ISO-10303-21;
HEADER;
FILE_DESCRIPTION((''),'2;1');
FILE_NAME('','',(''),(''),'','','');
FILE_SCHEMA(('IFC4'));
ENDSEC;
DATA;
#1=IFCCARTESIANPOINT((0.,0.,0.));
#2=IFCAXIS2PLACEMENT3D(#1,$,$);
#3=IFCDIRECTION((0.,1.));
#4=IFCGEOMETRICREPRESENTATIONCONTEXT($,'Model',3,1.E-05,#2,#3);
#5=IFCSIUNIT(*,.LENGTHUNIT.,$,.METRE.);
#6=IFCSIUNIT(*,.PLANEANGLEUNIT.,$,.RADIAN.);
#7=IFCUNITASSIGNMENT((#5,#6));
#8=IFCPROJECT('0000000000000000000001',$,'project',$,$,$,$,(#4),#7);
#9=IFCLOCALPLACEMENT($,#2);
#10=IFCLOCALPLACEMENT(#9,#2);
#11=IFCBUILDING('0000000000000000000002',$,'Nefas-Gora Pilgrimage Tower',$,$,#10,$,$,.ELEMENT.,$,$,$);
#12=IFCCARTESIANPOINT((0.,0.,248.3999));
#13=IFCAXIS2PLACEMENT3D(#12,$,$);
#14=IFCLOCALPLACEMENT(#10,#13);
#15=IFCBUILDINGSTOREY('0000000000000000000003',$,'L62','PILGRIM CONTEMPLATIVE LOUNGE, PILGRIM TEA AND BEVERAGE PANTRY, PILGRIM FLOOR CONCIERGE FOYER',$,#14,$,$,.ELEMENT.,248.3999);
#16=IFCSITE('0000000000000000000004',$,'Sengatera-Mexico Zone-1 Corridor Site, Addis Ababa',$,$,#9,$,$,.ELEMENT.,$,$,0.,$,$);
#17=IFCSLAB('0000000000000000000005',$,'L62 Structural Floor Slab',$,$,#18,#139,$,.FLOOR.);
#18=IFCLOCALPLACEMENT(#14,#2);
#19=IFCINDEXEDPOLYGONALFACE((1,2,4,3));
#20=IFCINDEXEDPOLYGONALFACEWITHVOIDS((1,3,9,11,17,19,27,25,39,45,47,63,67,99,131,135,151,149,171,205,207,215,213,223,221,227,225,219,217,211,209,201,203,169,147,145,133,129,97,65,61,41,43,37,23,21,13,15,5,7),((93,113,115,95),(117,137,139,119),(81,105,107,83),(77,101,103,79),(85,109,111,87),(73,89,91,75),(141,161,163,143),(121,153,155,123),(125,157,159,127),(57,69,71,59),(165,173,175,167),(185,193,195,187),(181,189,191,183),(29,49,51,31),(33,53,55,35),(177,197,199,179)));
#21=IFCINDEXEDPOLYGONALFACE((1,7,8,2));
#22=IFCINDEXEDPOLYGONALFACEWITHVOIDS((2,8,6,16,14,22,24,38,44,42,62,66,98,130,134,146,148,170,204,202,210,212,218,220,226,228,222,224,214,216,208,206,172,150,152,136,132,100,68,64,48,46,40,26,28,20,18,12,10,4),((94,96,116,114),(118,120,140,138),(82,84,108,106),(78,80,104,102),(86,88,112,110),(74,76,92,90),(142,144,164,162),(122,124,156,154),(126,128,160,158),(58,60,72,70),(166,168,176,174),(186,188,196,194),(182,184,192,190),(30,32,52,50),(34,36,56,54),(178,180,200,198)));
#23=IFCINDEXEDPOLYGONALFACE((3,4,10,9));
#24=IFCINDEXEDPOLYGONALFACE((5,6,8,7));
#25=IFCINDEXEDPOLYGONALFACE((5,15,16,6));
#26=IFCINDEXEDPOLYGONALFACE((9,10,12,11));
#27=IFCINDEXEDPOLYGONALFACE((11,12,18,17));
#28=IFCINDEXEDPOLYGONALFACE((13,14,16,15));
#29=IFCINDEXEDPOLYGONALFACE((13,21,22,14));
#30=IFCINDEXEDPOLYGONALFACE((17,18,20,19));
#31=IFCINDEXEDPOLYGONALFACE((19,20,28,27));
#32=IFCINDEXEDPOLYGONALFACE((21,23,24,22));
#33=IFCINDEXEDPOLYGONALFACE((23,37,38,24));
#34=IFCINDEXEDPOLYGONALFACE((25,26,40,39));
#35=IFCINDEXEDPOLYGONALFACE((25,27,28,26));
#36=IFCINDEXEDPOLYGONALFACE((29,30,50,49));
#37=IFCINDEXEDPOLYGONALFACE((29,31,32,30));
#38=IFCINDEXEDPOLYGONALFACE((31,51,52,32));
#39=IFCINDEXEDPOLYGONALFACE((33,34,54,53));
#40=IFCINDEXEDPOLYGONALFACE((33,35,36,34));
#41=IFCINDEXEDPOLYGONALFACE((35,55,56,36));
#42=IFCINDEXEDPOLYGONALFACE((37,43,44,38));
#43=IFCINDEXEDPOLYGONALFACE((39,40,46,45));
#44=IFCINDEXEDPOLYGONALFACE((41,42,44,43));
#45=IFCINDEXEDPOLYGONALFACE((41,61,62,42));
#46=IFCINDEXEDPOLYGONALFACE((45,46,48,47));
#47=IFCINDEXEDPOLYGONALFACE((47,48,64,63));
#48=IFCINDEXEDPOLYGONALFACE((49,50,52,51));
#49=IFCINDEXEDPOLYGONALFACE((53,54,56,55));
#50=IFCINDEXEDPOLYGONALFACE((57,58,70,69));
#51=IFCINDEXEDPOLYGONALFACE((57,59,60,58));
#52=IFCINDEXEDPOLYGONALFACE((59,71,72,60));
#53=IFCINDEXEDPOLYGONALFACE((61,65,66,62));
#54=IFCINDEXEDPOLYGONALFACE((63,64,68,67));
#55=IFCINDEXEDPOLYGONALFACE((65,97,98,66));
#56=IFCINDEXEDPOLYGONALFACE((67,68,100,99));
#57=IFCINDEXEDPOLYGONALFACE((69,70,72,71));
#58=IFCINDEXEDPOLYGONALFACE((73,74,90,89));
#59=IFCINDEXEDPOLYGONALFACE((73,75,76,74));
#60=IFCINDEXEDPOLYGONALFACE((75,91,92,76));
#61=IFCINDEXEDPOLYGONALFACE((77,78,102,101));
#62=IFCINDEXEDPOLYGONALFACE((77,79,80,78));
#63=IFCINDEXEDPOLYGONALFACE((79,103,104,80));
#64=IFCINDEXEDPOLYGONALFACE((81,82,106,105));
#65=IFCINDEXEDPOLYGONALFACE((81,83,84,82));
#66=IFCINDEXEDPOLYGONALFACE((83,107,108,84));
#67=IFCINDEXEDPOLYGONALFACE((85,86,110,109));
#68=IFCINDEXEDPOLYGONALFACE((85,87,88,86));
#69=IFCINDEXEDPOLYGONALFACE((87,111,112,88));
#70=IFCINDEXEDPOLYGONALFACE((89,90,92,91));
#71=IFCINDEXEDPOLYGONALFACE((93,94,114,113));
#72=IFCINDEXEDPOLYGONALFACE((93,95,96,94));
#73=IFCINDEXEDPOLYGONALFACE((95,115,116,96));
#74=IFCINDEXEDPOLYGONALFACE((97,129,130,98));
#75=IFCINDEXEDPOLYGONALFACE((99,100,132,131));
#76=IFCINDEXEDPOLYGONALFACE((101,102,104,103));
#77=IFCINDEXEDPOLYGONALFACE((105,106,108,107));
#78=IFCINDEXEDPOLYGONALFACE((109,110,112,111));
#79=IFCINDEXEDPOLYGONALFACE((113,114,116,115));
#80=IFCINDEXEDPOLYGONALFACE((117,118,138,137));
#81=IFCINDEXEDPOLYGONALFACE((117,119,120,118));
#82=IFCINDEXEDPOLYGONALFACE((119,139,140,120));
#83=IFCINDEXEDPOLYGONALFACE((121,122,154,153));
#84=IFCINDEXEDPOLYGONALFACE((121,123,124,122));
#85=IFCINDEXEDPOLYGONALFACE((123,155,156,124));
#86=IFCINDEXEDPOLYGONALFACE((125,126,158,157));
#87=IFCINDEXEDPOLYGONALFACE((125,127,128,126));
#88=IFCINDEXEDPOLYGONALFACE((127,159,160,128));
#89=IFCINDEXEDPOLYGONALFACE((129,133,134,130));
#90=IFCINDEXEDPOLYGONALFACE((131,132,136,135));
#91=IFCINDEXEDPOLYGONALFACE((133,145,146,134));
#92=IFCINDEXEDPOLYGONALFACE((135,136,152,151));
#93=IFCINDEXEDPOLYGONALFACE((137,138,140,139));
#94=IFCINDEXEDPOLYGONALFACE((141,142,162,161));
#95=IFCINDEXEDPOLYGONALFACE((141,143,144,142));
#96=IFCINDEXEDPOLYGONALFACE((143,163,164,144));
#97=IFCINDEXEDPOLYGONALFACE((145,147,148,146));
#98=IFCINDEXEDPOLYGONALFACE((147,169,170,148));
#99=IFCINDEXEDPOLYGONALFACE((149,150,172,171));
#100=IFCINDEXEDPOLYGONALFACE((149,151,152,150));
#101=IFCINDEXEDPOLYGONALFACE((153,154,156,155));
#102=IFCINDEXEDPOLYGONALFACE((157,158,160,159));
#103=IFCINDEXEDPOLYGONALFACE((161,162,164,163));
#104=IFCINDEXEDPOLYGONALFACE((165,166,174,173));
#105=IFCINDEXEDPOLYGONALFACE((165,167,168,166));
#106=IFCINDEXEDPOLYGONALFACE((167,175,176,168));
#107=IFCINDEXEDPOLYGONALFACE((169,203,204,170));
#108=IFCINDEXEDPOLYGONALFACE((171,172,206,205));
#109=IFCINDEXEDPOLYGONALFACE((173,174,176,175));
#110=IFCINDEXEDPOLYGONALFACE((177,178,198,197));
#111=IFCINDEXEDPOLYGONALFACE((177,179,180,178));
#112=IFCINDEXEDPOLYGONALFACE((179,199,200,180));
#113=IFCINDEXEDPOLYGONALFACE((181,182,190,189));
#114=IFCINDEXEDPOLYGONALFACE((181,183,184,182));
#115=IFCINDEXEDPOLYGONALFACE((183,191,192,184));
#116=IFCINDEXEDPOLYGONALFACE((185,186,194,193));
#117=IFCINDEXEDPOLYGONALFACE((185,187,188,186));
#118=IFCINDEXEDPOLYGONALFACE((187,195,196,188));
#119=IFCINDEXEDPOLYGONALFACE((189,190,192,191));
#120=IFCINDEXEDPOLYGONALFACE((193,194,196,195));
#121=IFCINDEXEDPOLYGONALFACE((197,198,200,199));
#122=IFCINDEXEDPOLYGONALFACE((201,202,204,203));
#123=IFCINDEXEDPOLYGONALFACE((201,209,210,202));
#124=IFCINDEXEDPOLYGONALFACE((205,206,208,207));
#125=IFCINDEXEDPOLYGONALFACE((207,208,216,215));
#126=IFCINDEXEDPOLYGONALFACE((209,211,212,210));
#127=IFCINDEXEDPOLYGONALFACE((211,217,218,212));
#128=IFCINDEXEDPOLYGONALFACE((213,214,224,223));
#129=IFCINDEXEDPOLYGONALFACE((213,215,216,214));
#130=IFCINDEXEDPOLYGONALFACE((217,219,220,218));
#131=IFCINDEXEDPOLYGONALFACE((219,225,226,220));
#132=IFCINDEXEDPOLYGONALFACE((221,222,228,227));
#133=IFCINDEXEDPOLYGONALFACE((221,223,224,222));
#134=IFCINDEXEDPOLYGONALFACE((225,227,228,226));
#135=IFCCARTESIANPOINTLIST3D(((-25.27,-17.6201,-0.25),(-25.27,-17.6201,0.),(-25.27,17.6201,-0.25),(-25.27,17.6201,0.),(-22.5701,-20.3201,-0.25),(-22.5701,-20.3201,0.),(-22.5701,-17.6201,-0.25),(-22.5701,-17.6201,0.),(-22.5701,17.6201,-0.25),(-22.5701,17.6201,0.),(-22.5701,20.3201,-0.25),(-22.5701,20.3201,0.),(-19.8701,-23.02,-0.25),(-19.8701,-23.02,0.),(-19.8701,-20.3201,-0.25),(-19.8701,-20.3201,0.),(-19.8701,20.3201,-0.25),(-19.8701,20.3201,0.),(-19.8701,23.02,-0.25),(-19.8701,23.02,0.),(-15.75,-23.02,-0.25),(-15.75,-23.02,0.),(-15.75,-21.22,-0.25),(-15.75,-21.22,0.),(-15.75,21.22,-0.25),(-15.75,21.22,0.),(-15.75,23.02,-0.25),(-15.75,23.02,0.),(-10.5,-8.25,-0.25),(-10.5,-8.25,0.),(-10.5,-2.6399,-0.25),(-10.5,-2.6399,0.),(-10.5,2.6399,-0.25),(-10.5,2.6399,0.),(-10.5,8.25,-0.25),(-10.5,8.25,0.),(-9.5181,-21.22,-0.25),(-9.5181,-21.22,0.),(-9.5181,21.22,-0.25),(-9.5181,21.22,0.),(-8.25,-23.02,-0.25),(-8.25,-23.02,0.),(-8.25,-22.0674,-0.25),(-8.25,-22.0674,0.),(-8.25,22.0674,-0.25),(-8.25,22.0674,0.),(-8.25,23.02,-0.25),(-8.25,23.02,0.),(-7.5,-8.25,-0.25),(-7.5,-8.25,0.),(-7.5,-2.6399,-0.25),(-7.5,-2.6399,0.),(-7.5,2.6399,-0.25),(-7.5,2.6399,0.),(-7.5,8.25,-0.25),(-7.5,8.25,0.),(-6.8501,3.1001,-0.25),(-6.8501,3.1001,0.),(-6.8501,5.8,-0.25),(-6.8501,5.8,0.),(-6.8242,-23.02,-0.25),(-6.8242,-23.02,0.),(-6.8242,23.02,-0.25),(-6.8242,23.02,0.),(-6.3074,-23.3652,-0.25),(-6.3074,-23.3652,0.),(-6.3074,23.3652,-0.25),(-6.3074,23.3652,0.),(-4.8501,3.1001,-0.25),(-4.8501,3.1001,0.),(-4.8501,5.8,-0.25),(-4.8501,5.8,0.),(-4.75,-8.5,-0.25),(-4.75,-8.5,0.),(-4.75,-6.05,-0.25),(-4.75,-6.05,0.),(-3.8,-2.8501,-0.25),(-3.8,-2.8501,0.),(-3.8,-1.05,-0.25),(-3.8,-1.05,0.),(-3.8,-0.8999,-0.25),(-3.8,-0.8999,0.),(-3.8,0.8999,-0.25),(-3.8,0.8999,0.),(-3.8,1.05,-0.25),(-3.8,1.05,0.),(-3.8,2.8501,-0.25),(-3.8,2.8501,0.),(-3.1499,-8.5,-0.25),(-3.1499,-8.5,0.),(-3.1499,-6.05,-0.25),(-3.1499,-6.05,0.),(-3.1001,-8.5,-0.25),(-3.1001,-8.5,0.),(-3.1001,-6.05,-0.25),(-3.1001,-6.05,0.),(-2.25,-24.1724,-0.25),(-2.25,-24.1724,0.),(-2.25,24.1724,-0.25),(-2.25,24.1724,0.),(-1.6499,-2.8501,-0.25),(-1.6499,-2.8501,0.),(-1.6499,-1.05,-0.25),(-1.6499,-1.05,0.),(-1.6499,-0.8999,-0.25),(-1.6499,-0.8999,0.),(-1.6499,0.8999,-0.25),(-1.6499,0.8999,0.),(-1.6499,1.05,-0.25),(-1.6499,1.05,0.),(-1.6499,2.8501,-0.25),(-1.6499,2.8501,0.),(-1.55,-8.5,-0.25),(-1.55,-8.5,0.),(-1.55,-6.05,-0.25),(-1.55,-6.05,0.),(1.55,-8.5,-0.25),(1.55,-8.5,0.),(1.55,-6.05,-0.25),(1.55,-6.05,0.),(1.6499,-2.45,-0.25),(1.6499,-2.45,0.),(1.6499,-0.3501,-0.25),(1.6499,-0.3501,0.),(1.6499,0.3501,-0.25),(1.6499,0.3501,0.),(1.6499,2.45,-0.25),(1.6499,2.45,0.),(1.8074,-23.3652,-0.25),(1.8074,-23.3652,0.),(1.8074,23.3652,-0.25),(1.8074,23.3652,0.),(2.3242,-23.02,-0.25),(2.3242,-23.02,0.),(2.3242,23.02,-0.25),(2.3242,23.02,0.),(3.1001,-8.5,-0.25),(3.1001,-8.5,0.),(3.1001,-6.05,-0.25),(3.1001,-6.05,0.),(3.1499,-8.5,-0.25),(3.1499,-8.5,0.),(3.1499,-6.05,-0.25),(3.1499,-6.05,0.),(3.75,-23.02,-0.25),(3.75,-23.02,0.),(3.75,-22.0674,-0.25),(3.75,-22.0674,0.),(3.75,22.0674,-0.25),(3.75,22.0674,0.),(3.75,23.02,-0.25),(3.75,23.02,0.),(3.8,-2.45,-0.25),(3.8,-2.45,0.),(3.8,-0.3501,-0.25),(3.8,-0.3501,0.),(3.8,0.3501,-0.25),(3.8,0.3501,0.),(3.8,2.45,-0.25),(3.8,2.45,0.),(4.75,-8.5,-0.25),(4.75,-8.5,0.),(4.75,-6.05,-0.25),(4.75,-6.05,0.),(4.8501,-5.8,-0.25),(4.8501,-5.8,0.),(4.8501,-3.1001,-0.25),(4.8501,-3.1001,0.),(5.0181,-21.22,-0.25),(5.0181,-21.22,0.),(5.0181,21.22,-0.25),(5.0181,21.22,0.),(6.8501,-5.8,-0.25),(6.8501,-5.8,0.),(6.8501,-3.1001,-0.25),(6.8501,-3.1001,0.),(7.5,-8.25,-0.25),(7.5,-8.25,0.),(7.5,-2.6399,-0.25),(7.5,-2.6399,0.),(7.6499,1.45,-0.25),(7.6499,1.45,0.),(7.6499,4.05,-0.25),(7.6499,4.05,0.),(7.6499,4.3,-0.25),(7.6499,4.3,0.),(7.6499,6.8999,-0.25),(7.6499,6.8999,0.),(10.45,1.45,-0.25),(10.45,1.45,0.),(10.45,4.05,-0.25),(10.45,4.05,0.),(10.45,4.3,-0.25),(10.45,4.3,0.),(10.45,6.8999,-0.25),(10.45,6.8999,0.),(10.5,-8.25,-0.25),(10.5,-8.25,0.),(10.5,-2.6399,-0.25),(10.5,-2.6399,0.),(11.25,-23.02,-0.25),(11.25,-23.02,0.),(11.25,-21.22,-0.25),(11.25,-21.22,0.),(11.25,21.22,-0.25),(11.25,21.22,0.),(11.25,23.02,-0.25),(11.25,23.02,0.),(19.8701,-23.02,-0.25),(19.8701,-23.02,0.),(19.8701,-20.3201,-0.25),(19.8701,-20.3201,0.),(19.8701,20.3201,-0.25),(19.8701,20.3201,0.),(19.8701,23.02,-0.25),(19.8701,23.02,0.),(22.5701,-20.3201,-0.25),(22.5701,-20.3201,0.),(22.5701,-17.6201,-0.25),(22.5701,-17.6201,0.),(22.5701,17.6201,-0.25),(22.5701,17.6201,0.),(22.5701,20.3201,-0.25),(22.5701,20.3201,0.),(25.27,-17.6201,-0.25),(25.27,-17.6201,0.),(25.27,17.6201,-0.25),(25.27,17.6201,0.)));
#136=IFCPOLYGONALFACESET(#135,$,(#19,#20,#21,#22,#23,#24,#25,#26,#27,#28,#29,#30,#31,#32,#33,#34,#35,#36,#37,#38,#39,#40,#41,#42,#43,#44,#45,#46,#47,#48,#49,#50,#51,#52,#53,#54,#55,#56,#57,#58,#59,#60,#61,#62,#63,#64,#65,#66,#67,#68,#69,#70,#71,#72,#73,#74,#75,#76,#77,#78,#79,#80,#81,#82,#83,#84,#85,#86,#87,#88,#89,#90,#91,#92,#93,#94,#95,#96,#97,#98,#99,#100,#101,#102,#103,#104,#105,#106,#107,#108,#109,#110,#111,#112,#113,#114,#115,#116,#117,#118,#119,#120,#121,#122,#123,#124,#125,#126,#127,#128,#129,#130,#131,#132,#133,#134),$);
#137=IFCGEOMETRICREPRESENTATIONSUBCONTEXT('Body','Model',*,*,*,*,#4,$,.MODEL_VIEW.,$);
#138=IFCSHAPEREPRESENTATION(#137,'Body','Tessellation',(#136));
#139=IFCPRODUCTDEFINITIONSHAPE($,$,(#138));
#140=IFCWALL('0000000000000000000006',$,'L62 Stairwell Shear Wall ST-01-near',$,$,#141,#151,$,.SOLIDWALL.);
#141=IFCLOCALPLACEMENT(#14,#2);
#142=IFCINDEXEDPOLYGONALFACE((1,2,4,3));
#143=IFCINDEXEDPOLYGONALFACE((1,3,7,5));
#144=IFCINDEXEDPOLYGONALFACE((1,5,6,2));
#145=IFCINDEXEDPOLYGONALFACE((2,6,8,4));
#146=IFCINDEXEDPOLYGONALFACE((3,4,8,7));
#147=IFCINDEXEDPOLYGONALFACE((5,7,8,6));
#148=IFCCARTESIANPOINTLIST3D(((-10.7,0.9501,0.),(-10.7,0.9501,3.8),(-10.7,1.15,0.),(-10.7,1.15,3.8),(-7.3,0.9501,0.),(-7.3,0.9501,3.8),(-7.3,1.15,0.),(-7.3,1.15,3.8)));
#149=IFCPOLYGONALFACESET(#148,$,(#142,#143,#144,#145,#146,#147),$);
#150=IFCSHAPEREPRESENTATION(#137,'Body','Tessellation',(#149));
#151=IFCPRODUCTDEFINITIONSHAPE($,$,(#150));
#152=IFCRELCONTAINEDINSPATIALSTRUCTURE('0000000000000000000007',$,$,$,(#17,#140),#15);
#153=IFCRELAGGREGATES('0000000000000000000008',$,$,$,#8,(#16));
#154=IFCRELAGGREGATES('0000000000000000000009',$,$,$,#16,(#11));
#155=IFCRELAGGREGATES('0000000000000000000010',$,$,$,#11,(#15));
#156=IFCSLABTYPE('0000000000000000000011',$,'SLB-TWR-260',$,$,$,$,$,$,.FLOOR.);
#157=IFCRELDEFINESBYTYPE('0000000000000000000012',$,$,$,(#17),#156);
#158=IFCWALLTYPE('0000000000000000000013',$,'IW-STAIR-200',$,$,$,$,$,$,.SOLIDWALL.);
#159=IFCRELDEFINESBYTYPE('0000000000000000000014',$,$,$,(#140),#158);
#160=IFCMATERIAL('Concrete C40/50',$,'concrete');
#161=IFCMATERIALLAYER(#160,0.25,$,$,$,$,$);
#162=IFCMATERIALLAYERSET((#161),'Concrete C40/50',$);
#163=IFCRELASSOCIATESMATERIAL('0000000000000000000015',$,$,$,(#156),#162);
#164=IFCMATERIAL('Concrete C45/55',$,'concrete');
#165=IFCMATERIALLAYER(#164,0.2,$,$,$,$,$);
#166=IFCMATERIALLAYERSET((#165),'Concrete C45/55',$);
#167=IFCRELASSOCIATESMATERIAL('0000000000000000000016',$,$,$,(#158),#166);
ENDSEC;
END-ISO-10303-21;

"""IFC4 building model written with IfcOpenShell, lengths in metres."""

from ifc_helpers import new_model, si_unit, direction, frame, frame_2d, origin, place, context, subcontext, project, spatial, polyline, rectangle, outline, extrude, source, transform, mapped, material, layer, layer_set, type_object, element, save


model = new_model("IFC4")

# Units and contexts
model_context = context("Model", 3, precision=1e-05, world=origin(), true_north=direction((0.0, 1.0)))
body_context = subcontext(model_context, "Body", "Model", "MODEL_VIEW")
ifc_project = project(units=[si_unit("LENGTHUNIT", "METRE"), si_unit("PLANEANGLEUNIT", "RADIAN")], contexts=[model_context])

# Site, building, storey
site_placement = place(None, origin())
site = spatial("IfcSite", under=ifc_project, at=site_placement, Name="Sengatera-Mexico Zone-1 Corridor Site, Addis Ababa", CompositionType="ELEMENT", RefElevation=0.0)
building_placement = place(site_placement, origin())
building = spatial("IfcBuilding", under=site, at=building_placement, Name="Nefas-Gora Pilgrimage Tower", CompositionType="ELEMENT")
storey_placement = place(building_placement, frame((0.0, 0.0, 248.3999)))
storey = spatial("IfcBuildingStorey", under=building, at=storey_placement, Name="L62", Description="PILGRIM CONTEMPLATIVE LOUNGE, PILGRIM TEA AND BEVERAGE PANTRY, PILGRIM FLOOR CONCIERGE FOYER", CompositionType="ELEMENT", Elevation=248.3999)

# Slab
ifc_material_1 = material(Name="Concrete C40/50", Category="concrete")
ifc_layer_1 = layer(ifc_material_1, 0.25)
ifc_layer_set_1 = layer_set([ifc_layer_1], Name="Concrete C40/50")
slab_type_1 = type_object("IfcSlabType", Name="SLB-TWR-260", PredefinedType="FLOOR", material=ifc_layer_set_1)
slab_1_placement = place(storey_placement, frame((0.0, 0.0, -0.25)))
element("IfcSlab", 1, at=slab_1_placement, inside=storey, type_object=slab_type_1, Name="L62 Structural Floor Slab", PredefinedType="FLOOR", context=body_context, shape_type="SweptSolid", body=[
    extrude(outline(polyline([(5.0181, -21.22), (11.25, -21.22), (11.25, -23.02), (19.8701, -23.02), (19.8701, -20.3201), (22.5701, -20.3201), (22.5701, -17.6201), (25.27, -17.6201), (25.27, 17.6201), (22.5701, 17.6201), (22.5701, 20.3201), (19.8701, 20.3201), (19.8701, 23.02), (11.25, 23.02), (11.25, 21.22), (5.0181, 21.22), (3.75, 22.0674), (3.75, 23.02), (2.3242, 23.02), (1.8074, 23.3652), (-2.25, 24.1724), (-6.3074, 23.3652), (-6.8242, 23.02), (-8.25, 23.02), (-8.25, 22.0674), (-9.5181, 21.22), (-15.75, 21.22), (-15.75, 23.02), (-19.8701, 23.02), (-19.8701, 20.3201), (-22.5701, 20.3201), (-22.5701, 17.6201), (-25.27, 17.6201), (-25.27, -17.6201), (-22.5701, -17.6201), (-22.5701, -20.3201), (-19.8701, -20.3201), (-19.8701, -23.02), (-15.75, -23.02), (-15.75, -21.22), (-9.5181, -21.22), (-8.25, -22.0674), (-8.25, -23.02), (-6.8242, -23.02), (-6.3074, -23.3652), (-2.25, -24.1724), (1.8074, -23.3652), (2.3242, -23.02), (3.75, -23.02), (3.75, -22.0674), (5.0181, -21.22)]), holes=[polyline([(-10.5, 2.6399), (-10.5, 8.25), (-7.5, 8.25), (-7.5, 2.6399), (-10.5, 2.6399)]), polyline([(10.5, -2.6399), (10.5, -8.25), (7.5, -8.25), (7.5, -2.6399), (10.5, -2.6399)]), polyline([(-7.5, -2.6399), (-7.5, -8.25), (-10.5, -8.25), (-10.5, -2.6399), (-7.5, -2.6399)]), polyline([(-6.8501, 5.8), (-4.8501, 5.8), (-4.8501, 3.1001), (-6.8501, 3.1001), (-6.8501, 5.8)]), polyline([(4.8501, -3.1001), (6.8501, -3.1001), (6.8501, -5.8), (4.8501, -5.8), (4.8501, -3.1001)]), polyline([(7.6499, 4.05), (10.45, 4.05), (10.45, 1.45), (7.6499, 1.45), (7.6499, 4.05)]), polyline([(7.6499, 6.8999), (10.45, 6.8999), (10.45, 4.3), (7.6499, 4.3), (7.6499, 6.8999)]), polyline([(-4.75, -6.05), (-3.1499, -6.05), (-3.1499, -8.5), (-4.75, -8.5), (-4.75, -6.05)]), polyline([(-3.1001, -6.05), (-1.55, -6.05), (-1.55, -8.5), (-3.1001, -8.5), (-3.1001, -6.05)]), polyline([(1.55, -6.05), (3.1001, -6.05), (3.1001, -8.5), (1.55, -8.5), (1.55, -6.05)]), polyline([(3.1499, -6.05), (4.75, -6.05), (4.75, -8.5), (3.1499, -8.5), (3.1499, -6.05)]), polyline([(-3.8, -1.05), (-1.6499, -1.05), (-1.6499, -2.8501), (-3.8, -2.8501), (-3.8, -1.05)]), polyline([(-3.8, 0.8999), (-1.6499, 0.8999), (-1.6499, -0.8999), (-3.8, -0.8999), (-3.8, 0.8999)]), polyline([(-3.8, 2.8501), (-1.6499, 2.8501), (-1.6499, 1.05), (-3.8, 1.05), (-3.8, 2.8501)]), polyline([(1.6499, -0.3501), (3.8, -0.3501), (3.8, -2.45), (1.6499, -2.45), (1.6499, -0.3501)]), polyline([(1.6499, 2.45), (3.8, 2.45), (3.8, 0.3501), (1.6499, 0.3501), (1.6499, 2.45)])]), origin(), (0.0, 0.0, 1.0), 0.25),
])

# Wall
ifc_material_2 = material(Name="Concrete C45/55", Category="concrete")
ifc_layer_2 = layer(ifc_material_2, 0.2)
ifc_layer_set_2 = layer_set([ifc_layer_2], Name="Concrete C45/55")
wall_type_1 = type_object("IfcWallType", Name="IW-STAIR-200", PredefinedType="SOLIDWALL", material=ifc_layer_set_2)
shared_shape_1 = source(origin(), body_context, "Body", "SweptSolid", [
    extrude(rectangle(XDim=3.3999, YDim=0.2, at=frame_2d((1.7, 0.0))), origin(), (0.0, 0.0, 1.0), 3.8),
])
wall_1_placement = place(storey_placement, frame((-7.3, 1.05, 0.0), z_axis=(0.0, 0.0, 1.0), x_axis=(-1.0, 0.0, 0.0)))
element("IfcWall", 2, at=wall_1_placement, inside=storey, type_object=wall_type_1, Name="L62 Stairwell Shear Wall ST-01-near", PredefinedType="SOLIDWALL", context=body_context, shape_type="MappedRepresentation", body=[
    mapped(shared_shape_1, transform((0.0, 0.0, 0.0), x_axis=(1.0, 0.0, 0.0), y_axis=(0.0, 1.0, 0.0), z_axis=(0.0, 0.0, 1.0), scale=1.0)),
])

save(model, "model.ifc")
